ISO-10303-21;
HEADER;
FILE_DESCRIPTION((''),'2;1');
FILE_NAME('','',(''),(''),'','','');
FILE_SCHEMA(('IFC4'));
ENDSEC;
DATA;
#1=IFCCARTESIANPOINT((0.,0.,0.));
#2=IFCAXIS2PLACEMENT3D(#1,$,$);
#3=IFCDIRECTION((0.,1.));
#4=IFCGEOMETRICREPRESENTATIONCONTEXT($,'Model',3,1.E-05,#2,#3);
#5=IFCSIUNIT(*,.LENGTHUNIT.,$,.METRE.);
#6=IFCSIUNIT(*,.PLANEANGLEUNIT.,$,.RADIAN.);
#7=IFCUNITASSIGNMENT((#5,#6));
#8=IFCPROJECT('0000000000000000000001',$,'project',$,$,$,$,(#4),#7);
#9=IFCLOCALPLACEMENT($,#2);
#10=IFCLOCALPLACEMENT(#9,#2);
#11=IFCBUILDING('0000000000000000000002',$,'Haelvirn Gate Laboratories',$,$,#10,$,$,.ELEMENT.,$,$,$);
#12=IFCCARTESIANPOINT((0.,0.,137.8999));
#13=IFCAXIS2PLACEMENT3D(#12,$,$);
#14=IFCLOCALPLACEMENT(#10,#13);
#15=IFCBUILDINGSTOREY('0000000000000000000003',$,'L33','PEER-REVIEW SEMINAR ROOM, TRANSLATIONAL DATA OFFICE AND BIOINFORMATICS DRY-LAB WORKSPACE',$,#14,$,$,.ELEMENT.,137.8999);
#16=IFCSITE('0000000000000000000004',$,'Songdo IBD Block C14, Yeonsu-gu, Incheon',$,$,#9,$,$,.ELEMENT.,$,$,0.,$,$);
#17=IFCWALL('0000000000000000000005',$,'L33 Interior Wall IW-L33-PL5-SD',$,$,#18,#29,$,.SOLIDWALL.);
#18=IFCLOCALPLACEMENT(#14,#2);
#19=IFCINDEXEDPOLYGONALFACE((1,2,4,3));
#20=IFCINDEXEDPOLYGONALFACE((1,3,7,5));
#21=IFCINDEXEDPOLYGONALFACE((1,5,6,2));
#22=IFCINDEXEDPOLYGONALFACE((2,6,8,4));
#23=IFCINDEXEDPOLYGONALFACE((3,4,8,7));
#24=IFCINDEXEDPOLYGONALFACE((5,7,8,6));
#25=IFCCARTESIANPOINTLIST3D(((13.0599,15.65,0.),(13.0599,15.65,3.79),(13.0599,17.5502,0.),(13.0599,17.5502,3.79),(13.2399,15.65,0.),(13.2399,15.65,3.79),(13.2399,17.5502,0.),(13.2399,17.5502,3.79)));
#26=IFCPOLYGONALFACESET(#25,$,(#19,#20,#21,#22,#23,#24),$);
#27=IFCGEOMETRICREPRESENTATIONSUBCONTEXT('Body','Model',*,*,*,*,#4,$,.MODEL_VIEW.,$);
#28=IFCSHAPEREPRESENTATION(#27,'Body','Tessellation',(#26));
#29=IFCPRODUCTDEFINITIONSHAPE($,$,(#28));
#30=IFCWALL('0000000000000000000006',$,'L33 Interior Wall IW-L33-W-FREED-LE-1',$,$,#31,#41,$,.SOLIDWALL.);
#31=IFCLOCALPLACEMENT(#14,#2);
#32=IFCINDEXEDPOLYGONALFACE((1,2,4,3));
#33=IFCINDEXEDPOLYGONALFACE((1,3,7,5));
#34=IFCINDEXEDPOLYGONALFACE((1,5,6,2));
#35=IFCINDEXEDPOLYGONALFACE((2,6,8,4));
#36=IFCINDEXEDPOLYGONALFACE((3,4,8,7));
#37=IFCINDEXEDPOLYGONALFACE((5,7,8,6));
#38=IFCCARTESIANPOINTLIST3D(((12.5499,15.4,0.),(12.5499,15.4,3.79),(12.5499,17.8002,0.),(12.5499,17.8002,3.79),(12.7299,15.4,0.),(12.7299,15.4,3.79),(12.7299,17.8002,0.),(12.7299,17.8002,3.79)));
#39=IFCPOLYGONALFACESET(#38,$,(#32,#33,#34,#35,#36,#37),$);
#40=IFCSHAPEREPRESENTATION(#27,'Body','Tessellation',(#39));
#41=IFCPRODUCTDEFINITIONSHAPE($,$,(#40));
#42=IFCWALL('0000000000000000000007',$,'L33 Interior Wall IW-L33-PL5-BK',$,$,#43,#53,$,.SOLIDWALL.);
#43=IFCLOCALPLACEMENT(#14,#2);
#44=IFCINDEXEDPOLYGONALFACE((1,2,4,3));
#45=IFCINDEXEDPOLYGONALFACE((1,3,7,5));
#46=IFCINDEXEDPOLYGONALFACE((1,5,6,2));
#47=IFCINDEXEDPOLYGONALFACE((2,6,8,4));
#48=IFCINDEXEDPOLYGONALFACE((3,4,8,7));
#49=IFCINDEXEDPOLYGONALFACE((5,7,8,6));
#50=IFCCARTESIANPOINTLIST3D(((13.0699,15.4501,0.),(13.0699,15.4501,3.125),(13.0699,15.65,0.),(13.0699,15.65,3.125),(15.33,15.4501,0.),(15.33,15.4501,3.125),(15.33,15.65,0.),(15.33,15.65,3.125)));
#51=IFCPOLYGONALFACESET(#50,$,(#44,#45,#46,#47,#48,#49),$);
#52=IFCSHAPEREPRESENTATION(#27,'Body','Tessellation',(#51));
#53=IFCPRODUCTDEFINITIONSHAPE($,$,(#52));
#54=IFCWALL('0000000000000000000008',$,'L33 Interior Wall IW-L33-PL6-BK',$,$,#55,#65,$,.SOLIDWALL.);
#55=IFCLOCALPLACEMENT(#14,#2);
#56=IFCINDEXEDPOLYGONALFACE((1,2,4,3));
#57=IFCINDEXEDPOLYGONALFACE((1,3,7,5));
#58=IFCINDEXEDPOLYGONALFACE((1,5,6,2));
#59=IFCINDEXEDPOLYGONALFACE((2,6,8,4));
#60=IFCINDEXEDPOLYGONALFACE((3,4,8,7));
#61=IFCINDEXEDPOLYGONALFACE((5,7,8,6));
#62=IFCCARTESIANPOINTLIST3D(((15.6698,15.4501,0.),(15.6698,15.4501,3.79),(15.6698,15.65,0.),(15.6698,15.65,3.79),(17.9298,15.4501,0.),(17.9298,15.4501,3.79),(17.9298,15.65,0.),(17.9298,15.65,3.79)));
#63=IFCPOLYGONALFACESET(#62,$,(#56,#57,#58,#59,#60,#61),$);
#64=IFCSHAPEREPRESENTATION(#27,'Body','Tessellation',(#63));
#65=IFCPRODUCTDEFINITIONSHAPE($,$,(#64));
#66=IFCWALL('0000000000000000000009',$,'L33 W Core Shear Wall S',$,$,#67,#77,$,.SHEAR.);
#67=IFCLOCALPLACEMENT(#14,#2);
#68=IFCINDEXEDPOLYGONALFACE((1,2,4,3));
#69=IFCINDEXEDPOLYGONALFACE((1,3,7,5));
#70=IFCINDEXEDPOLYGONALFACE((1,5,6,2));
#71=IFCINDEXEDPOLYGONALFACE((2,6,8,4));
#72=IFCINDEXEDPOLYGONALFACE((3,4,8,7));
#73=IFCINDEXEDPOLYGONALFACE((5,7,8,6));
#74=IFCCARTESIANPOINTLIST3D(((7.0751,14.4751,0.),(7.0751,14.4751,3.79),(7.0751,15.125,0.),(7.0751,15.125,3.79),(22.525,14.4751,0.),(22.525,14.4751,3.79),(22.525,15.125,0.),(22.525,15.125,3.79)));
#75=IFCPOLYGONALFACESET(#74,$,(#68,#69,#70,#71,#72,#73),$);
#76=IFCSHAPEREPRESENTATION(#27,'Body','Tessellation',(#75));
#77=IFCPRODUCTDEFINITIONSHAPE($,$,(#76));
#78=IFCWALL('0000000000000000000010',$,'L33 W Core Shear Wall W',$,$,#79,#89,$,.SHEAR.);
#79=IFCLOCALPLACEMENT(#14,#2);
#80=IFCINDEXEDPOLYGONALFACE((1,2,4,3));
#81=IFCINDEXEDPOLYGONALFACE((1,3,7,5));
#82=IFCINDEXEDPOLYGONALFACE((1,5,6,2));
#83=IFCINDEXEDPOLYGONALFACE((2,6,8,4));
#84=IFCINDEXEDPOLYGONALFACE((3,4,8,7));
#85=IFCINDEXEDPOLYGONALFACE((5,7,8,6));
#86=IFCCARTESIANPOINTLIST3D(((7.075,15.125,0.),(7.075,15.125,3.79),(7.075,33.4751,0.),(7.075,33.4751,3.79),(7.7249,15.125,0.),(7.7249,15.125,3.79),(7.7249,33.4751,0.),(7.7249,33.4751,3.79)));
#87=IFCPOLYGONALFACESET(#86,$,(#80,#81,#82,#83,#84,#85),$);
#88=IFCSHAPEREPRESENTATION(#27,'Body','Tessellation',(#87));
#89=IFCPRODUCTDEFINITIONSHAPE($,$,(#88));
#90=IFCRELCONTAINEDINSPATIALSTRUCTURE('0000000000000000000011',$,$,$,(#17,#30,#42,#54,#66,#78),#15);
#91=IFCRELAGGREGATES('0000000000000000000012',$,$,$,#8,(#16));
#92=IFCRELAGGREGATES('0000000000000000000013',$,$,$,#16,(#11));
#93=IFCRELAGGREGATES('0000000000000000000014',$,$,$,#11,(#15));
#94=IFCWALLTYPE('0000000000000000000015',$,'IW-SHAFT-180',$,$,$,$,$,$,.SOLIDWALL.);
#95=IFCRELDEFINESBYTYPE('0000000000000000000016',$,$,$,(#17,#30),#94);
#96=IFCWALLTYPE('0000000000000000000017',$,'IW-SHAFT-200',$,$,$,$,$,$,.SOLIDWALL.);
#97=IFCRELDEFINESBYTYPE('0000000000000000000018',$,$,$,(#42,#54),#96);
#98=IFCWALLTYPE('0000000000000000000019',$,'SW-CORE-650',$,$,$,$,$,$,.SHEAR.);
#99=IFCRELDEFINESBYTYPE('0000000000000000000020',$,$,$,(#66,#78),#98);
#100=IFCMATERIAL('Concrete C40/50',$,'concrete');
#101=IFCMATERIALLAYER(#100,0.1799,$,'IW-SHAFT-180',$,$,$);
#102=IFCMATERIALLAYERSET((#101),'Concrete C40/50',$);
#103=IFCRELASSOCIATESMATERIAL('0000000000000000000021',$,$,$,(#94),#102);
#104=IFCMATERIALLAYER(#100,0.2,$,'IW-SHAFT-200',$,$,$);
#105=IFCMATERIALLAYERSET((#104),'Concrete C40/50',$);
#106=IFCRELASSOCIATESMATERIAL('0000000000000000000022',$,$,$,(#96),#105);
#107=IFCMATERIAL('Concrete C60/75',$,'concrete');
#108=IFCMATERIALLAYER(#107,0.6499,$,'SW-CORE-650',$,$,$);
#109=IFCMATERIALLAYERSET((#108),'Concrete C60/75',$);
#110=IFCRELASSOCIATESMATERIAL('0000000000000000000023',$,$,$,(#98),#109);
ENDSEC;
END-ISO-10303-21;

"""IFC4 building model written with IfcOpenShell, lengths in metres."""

from ifc_helpers import new_model, si_unit, direction, frame, frame_2d, origin, place, context, subcontext, project, spatial, rectangle, extrude, material, layer, layer_set, type_object, element, save


model = new_model("IFC4")

# Units and contexts
model_context = context("Model", 3, precision=1e-05, world=origin(), true_north=direction((0.0, 1.0)))
body_context = subcontext(model_context, "Body", "Model", "MODEL_VIEW")
ifc_project = project(units=[si_unit("LENGTHUNIT", "METRE"), si_unit("PLANEANGLEUNIT", "RADIAN")], contexts=[model_context])

# Site, building, storey
site_placement = place(None, origin())
site = spatial("IfcSite", under=ifc_project, at=site_placement, Name="Songdo IBD Block C14, Yeonsu-gu, Incheon", CompositionType="ELEMENT", RefElevation=0.0)
building_placement = place(site_placement, origin())
building = spatial("IfcBuilding", under=site, at=building_placement, Name="Haelvirn Gate Laboratories", CompositionType="ELEMENT")
storey_placement = place(building_placement, frame((0.0, 0.0, 137.8999)))
storey = spatial("IfcBuildingStorey", under=building, at=storey_placement, Name="L33", Description="PEER-REVIEW SEMINAR ROOM, TRANSLATIONAL DATA OFFICE AND BIOINFORMATICS DRY-LAB WORKSPACE", CompositionType="ELEMENT", Elevation=137.8999)

# Shared definitions
ifc_material_1 = material(Name="Concrete C60/75", Category="concrete")

# Walls
ifc_material_2 = material(Name="Concrete C40/50", Category="concrete")
ifc_layer_1 = layer(ifc_material_2, 0.1799, Name="IW-SHAFT-180")
ifc_layer_set_1 = layer_set([ifc_layer_1], Name="Concrete C40/50")
wall_type_1 = type_object("IfcWallType", Name="IW-SHAFT-180", PredefinedType="SOLIDWALL", material=ifc_layer_set_1)
wall_1_placement = place(storey_placement, frame((13.1499, 15.6499, 0.0), z_axis=(0.0, 0.0, 1.0), x_axis=(0.0, 1.0, 0.0)))
element("IfcWall", 1, at=wall_1_placement, inside=storey, type_object=wall_type_1, Name="L33 Interior Wall IW-L33-PL5-SD", PredefinedType="SOLIDWALL", context=body_context, shape_type="SweptSolid", body=[
    extrude(rectangle(XDim=1.9001, YDim=0.1799, at=frame_2d((0.9502, 0.0))), origin(), (0.0, 0.0, 1.0), 3.79),
])
wall_2_placement = place(storey_placement, frame((12.6399, 15.3999, 0.0), z_axis=(0.0, 0.0, 1.0), x_axis=(0.0, 1.0, 0.0)))
element("IfcWall", 2, at=wall_2_placement, inside=storey, type_object=wall_type_1, Name="L33 Interior Wall IW-L33-W-FREED-LE-1", PredefinedType="SOLIDWALL", context=body_context, shape_type="SweptSolid", body=[
    extrude(rectangle(XDim=2.4001, YDim=0.1799, at=frame_2d((1.2002, 0.0))), origin(), (0.0, 0.0, 1.0), 3.79),
])
ifc_layer_2 = layer(ifc_material_2, 0.2, Name="IW-SHAFT-200")
ifc_layer_set_2 = layer_set([ifc_layer_2], Name="Concrete C40/50")
wall_type_2 = type_object("IfcWallType", Name="IW-SHAFT-200", PredefinedType="SOLIDWALL", material=ifc_layer_set_2)
wall_3_placement = place(storey_placement, frame((13.0701, 15.55, 0.0), z_axis=(0.0, 0.0, 1.0), x_axis=(1.0, 0.0, 0.0)))
element("IfcWall", 3, at=wall_3_placement, inside=storey, type_object=wall_type_2, Name="L33 Interior Wall IW-L33-PL5-BK", PredefinedType="SOLIDWALL", context=body_context, shape_type="SweptSolid", body=[
    extrude(rectangle(XDim=2.26, YDim=0.2, at=frame_2d((1.1299, 0.0))), origin(), (0.0, 0.0, 1.0), 3.125),
])
wall_4_placement = place(storey_placement, frame((15.6699, 15.55, 0.0), z_axis=(0.0, 0.0, 1.0), x_axis=(1.0, 0.0, 0.0)))
element("IfcWall", 4, at=wall_4_placement, inside=storey, type_object=wall_type_2, Name="L33 Interior Wall IW-L33-PL6-BK", PredefinedType="SOLIDWALL", context=body_context, shape_type="SweptSolid", body=[
    extrude(rectangle(XDim=2.26, YDim=0.2, at=frame_2d((1.1299, 0.0))), origin(), (0.0, 0.0, 1.0), 3.79),
])
ifc_layer_3 = layer(ifc_material_1, 0.6499, Name="SW-CORE-650")
ifc_layer_set_3 = layer_set([ifc_layer_3], Name="Concrete C60/75")
wall_type_3 = type_object("IfcWallType", Name="SW-CORE-650", PredefinedType="SHEAR", material=ifc_layer_set_3)
wall_5_placement = place(storey_placement, frame((7.075, 14.8, 0.0), z_axis=(0.0, 0.0, 1.0), x_axis=(1.0, 0.0, 0.0)))
element("IfcWall", 5, at=wall_5_placement, inside=storey, type_object=wall_type_3, Name="L33 W Core Shear Wall S", PredefinedType="SHEAR", context=body_context, shape_type="SweptSolid", body=[
    extrude(rectangle(XDim=15.45, YDim=0.6499, at=frame_2d((7.7251, 0.0))), origin(), (0.0, 0.0, 1.0), 3.79),
])
wall_6_placement = place(storey_placement, frame((7.3999, 15.125, 0.0), z_axis=(0.0, 0.0, 1.0), x_axis=(0.0, 1.0, 0.0)))
element("IfcWall", 6, at=wall_6_placement, inside=storey, type_object=wall_type_3, Name="L33 W Core Shear Wall W", PredefinedType="SHEAR", context=body_context, shape_type="SweptSolid", body=[
    extrude(rectangle(XDim=18.3501, YDim=0.6499, at=frame_2d((9.175, 0.0))), origin(), (0.0, 0.0, 1.0), 3.79),
])

save(model, "model.ifc")
